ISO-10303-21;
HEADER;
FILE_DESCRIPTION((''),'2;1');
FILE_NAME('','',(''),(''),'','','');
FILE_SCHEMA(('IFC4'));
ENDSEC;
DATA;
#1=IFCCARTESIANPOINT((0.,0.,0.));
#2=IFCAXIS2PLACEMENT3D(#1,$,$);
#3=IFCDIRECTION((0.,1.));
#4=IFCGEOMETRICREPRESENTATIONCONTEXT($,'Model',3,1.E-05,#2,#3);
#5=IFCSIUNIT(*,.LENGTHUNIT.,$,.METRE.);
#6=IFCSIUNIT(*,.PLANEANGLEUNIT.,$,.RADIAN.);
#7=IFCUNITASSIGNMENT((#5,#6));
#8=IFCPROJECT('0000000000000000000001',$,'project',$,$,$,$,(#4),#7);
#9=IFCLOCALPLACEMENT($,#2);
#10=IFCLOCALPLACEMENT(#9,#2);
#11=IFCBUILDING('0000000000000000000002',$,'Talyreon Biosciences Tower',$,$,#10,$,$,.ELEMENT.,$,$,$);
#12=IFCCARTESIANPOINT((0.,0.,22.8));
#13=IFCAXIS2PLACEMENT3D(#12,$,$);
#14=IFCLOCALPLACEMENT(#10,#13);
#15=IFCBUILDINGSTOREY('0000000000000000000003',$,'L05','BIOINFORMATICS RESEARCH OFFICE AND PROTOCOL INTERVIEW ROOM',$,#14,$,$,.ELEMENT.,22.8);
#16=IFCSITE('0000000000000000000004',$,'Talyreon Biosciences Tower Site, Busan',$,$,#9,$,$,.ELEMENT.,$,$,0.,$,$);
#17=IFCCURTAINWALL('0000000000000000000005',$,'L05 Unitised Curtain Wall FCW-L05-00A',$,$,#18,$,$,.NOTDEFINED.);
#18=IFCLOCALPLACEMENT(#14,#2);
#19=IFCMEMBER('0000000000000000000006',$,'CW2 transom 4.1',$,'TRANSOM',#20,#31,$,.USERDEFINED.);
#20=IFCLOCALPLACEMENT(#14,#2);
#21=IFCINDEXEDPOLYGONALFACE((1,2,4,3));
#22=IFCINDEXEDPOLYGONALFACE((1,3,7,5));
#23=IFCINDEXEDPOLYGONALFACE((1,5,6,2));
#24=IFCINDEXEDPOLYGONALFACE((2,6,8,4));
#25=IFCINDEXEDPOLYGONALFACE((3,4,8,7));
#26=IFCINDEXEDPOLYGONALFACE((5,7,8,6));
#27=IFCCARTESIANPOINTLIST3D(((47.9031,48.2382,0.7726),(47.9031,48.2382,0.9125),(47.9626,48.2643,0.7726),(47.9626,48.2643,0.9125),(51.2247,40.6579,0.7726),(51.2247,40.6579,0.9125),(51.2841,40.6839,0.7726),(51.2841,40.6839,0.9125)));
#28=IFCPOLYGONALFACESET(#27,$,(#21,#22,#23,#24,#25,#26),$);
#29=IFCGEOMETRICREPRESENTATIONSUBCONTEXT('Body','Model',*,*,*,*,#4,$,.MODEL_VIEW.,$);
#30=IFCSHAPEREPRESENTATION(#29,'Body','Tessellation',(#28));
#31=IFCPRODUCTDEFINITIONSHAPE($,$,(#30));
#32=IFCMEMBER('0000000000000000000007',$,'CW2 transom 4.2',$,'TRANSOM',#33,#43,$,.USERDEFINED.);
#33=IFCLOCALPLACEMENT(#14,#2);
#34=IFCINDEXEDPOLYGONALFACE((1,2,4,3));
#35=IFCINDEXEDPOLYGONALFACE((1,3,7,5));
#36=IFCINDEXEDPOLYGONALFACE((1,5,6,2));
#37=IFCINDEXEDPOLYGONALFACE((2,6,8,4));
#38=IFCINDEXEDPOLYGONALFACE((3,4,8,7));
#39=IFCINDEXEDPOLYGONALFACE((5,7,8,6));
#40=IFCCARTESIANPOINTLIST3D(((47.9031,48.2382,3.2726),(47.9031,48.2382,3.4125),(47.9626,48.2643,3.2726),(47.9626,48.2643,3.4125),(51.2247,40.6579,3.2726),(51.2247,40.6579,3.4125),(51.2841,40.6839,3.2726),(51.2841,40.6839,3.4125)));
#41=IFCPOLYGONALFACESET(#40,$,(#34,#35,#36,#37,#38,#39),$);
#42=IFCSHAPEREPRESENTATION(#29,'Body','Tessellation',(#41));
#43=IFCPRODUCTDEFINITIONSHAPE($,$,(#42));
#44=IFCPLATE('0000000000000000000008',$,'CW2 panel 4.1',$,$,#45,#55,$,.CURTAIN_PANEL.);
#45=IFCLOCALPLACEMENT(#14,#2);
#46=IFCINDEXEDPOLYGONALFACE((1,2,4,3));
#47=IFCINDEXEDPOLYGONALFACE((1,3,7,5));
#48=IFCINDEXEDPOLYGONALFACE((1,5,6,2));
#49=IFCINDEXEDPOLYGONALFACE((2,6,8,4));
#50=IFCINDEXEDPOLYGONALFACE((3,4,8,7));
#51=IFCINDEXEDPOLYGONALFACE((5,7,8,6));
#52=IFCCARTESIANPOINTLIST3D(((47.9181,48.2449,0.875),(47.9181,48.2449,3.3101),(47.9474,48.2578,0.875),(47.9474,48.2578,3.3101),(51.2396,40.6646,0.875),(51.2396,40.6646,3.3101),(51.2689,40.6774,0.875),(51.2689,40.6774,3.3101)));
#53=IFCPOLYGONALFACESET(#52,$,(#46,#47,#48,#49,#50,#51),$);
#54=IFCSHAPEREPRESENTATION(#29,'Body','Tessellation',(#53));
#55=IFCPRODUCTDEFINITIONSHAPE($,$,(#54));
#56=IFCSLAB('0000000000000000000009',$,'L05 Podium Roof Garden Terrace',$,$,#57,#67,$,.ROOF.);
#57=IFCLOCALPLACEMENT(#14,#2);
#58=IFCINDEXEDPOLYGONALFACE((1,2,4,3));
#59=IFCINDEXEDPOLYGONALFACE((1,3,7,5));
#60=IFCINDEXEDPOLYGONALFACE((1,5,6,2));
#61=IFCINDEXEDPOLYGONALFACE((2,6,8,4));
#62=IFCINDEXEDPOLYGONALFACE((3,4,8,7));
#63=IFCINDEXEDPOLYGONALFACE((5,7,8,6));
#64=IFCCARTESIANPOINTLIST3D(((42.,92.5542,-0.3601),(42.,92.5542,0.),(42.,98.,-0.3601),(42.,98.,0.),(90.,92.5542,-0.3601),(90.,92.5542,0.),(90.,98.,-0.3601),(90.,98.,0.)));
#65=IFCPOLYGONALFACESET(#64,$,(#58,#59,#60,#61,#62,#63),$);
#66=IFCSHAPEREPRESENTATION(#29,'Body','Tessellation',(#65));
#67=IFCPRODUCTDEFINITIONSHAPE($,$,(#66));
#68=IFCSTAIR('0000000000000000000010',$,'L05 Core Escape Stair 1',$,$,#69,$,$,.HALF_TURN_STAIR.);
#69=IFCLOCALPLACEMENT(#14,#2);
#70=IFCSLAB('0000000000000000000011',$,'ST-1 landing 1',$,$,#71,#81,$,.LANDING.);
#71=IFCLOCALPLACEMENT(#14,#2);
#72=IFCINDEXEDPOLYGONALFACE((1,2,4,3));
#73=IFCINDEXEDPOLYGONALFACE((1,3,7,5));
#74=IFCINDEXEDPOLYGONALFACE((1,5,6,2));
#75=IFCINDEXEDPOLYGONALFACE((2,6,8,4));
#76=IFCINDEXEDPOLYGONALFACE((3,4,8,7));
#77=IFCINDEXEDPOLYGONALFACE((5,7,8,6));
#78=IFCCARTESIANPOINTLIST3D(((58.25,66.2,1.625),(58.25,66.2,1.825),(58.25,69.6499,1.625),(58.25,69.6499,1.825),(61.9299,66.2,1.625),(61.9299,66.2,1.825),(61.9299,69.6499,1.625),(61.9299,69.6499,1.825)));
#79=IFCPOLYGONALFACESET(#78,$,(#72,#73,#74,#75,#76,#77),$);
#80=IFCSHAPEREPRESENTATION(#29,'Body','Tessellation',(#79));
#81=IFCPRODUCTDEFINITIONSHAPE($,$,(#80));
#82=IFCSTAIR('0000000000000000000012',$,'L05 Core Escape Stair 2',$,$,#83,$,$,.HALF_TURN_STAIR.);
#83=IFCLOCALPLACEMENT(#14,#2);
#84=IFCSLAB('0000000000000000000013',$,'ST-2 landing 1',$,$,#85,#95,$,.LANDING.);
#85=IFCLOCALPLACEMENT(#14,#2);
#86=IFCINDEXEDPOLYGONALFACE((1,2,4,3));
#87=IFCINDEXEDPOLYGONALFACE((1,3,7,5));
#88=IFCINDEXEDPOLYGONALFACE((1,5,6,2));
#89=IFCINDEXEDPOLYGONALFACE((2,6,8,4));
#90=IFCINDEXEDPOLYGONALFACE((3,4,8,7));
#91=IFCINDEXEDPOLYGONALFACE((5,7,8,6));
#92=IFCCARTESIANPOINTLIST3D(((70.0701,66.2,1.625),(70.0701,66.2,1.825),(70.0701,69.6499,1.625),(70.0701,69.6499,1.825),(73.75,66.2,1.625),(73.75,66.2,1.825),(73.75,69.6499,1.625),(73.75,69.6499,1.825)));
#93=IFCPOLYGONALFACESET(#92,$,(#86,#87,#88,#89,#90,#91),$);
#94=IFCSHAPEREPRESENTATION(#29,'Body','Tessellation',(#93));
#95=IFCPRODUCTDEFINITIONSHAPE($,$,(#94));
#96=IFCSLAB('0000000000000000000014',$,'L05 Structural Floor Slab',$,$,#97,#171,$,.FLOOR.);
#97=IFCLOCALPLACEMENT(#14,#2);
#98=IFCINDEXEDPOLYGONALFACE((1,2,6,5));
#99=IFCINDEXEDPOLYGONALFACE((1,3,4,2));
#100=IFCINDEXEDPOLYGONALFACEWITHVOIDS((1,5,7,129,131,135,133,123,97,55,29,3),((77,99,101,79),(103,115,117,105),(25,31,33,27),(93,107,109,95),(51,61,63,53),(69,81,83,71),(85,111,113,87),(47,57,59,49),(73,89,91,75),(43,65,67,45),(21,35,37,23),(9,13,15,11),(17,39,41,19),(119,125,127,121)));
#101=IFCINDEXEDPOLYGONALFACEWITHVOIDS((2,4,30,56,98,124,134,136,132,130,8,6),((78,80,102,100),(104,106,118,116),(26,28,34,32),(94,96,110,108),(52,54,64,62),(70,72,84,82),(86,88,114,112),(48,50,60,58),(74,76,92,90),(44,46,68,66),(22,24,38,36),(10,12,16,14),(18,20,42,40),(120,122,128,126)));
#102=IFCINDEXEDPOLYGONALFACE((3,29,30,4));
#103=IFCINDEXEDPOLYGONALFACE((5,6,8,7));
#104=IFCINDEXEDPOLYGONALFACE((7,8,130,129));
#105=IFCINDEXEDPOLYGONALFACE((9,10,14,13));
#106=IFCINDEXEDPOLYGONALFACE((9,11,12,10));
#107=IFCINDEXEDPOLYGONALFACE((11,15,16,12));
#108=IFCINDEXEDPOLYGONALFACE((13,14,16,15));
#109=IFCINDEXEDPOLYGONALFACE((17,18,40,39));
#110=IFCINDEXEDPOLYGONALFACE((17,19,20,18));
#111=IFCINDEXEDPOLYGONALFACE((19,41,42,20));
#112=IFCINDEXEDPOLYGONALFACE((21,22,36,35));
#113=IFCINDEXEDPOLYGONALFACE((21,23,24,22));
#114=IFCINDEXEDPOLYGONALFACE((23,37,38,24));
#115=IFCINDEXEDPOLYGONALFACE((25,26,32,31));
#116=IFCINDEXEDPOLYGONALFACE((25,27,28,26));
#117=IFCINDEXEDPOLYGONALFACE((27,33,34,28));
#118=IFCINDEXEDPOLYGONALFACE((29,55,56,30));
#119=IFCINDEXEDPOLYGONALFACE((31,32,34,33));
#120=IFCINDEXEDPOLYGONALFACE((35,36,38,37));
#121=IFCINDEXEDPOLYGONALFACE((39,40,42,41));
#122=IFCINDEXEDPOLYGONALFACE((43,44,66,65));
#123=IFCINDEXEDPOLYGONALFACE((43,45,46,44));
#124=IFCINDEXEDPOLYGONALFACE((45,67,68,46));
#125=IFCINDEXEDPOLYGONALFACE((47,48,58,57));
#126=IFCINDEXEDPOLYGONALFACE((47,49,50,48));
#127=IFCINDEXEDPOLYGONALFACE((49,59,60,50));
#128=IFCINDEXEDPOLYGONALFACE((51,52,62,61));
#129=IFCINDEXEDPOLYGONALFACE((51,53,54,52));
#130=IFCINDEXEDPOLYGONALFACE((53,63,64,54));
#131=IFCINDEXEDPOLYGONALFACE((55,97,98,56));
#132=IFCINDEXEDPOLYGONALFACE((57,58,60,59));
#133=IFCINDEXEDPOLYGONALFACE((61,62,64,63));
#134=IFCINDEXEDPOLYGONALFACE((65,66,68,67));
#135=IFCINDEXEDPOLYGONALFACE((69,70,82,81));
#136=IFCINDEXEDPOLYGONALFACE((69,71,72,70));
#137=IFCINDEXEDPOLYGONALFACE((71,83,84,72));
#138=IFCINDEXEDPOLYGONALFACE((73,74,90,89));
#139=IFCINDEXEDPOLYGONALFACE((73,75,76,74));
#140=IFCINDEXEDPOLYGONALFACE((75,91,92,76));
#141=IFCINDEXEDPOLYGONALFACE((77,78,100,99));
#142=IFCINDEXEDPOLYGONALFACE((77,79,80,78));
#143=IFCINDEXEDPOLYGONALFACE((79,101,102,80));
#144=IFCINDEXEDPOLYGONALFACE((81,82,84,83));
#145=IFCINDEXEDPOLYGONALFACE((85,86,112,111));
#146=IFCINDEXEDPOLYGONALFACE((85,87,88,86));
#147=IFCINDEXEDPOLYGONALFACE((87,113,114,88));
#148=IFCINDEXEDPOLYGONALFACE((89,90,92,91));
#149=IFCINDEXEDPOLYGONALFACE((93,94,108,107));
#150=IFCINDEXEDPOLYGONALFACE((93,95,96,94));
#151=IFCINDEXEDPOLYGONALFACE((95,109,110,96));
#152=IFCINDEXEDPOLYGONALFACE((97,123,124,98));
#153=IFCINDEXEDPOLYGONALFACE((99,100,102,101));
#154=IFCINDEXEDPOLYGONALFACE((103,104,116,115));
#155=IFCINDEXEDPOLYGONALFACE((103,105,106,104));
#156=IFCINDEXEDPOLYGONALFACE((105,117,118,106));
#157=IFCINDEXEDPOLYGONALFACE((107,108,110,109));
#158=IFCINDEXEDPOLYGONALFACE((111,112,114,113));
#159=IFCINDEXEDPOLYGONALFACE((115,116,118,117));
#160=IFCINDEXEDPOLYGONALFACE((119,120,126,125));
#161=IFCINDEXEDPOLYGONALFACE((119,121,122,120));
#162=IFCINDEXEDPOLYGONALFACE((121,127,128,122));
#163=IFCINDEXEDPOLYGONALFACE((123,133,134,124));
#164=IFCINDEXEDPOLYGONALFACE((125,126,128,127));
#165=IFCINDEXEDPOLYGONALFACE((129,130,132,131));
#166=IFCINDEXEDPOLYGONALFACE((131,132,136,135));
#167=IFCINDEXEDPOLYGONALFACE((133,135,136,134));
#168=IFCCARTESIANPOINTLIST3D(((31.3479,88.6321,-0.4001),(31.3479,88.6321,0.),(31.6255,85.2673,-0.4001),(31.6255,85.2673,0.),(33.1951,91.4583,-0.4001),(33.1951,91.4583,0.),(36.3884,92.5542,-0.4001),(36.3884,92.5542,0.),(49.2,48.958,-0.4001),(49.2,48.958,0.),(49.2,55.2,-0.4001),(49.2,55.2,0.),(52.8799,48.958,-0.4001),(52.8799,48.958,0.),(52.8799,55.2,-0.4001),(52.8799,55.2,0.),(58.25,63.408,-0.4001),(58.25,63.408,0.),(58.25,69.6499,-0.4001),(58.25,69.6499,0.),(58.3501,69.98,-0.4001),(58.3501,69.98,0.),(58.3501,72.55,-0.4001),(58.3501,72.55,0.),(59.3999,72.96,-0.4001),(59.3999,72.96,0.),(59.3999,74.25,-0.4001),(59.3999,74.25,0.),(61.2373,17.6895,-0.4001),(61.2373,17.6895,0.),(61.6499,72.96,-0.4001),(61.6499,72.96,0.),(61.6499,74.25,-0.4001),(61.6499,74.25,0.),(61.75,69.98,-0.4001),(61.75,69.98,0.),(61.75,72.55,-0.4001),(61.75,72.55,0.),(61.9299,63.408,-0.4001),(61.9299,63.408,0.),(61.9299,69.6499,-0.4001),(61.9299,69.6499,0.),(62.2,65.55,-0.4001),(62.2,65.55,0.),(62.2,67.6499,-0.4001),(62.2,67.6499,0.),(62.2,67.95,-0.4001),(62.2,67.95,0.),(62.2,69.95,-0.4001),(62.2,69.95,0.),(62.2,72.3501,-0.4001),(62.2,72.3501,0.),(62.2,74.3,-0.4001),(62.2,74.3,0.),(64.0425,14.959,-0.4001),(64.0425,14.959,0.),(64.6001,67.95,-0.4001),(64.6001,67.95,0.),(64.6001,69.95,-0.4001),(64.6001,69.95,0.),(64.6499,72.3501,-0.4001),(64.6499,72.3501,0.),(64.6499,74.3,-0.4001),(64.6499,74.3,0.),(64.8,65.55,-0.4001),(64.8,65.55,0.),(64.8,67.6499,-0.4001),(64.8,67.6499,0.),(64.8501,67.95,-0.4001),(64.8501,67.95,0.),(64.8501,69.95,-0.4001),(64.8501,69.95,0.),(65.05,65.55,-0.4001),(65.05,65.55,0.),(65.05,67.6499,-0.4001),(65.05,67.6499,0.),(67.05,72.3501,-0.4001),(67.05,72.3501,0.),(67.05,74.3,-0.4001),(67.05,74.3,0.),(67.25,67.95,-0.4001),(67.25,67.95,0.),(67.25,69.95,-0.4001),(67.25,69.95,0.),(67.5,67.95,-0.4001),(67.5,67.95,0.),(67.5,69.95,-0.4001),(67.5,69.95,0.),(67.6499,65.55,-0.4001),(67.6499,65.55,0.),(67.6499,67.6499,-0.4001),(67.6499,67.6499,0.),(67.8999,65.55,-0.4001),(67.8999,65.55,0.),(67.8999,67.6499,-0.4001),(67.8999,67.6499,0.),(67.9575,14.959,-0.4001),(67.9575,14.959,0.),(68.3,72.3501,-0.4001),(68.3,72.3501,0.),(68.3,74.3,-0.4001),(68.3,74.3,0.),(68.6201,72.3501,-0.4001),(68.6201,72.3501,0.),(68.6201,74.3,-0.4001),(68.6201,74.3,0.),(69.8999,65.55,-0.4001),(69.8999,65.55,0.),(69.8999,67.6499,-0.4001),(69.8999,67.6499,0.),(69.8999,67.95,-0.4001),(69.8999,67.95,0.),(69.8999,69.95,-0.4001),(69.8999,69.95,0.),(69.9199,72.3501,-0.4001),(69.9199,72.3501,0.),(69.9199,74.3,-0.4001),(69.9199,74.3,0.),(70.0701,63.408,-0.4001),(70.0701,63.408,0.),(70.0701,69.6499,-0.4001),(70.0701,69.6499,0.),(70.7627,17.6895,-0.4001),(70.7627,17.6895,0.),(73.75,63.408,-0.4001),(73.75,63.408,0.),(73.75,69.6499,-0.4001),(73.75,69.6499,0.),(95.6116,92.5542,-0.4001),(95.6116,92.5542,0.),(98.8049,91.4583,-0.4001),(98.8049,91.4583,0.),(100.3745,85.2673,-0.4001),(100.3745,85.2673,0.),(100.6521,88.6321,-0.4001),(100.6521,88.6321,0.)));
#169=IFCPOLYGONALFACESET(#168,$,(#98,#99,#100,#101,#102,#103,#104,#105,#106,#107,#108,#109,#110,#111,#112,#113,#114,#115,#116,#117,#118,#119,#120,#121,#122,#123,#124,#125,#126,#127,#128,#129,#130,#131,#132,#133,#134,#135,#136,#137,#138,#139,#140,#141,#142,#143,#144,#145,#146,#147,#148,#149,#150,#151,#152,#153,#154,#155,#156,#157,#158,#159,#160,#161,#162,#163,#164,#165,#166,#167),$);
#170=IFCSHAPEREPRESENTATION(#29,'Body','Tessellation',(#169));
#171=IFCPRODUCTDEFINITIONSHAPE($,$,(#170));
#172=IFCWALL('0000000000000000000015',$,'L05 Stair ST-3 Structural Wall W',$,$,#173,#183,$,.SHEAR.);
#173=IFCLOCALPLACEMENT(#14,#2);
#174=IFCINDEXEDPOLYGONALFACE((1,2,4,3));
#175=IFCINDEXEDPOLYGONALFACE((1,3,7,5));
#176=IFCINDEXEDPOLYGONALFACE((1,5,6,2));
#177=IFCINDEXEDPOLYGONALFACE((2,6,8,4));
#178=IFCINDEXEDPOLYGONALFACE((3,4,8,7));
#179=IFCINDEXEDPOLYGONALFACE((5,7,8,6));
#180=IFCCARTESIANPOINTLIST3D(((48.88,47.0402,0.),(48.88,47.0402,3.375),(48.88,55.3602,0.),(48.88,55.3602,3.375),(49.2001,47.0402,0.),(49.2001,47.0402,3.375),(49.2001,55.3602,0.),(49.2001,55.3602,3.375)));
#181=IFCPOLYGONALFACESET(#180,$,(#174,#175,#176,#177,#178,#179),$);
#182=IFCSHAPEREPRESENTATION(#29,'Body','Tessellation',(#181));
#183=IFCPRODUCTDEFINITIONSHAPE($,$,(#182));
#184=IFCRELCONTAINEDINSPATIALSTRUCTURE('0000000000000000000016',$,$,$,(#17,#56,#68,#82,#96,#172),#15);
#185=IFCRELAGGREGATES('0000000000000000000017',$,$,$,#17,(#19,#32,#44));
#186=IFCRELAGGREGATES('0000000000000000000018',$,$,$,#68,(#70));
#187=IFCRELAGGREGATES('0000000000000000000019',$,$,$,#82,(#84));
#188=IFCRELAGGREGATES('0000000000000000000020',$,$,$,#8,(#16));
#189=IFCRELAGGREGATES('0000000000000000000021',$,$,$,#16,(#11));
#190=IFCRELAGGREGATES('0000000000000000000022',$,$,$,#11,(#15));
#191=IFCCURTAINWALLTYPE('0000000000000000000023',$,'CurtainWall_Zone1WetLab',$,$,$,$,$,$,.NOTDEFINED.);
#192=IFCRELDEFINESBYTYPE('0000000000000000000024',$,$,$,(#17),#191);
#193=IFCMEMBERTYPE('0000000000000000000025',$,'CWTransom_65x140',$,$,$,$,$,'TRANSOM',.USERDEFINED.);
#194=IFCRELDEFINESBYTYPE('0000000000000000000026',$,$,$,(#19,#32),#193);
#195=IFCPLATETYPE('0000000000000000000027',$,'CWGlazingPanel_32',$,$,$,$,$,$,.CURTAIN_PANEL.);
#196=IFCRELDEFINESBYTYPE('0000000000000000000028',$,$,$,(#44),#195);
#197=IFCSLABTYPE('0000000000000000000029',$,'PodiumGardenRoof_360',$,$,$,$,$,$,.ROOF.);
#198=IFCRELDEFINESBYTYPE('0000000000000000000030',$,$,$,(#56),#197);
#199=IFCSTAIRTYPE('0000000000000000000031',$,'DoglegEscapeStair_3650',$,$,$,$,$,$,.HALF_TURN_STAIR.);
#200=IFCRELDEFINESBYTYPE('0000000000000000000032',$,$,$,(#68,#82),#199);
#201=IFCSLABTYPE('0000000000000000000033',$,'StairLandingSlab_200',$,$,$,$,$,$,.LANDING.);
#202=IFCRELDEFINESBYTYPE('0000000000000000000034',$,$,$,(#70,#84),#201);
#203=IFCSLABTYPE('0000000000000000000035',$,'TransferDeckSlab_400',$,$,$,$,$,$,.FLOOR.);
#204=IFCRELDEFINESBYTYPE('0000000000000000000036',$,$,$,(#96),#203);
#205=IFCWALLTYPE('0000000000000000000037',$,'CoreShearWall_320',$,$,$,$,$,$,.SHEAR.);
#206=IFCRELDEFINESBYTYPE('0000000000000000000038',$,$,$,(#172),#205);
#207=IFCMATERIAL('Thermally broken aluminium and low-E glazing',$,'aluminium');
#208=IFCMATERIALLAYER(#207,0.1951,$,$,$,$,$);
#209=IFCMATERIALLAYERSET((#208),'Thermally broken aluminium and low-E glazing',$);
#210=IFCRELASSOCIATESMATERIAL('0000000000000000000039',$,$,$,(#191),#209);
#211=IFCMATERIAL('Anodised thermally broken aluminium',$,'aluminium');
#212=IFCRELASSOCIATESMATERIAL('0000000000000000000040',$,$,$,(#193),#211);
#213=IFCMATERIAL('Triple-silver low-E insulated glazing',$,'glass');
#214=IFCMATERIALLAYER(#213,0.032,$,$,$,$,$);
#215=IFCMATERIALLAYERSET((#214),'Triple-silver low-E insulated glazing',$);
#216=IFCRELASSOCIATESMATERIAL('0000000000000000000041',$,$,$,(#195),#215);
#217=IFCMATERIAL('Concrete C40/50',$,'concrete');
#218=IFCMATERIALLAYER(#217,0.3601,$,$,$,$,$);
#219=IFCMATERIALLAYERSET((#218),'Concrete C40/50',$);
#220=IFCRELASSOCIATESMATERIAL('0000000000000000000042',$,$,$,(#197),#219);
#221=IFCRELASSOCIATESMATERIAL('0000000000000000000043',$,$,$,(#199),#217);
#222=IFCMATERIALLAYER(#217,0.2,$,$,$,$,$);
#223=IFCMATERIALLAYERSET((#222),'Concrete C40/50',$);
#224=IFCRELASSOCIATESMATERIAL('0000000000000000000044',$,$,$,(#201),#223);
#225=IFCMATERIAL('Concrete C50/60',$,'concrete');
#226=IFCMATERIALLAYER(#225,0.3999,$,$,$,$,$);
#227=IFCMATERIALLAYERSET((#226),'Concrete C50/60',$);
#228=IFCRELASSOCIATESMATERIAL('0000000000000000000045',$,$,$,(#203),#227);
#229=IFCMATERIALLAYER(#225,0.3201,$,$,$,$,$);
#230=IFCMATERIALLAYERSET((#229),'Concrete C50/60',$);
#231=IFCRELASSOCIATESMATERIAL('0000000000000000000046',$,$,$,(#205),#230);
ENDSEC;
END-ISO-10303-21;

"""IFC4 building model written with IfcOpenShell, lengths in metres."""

from ifc_helpers import new_model, si_unit, direction, frame, frame_2d, origin, origin_2d, place, context, subcontext, project, spatial, polyline, rectangle, outline, extrude, material, layer, layer_set, material_profile, profile_set, type_object, element, aggregate, save


model = new_model("IFC4")

# Units and contexts
model_context = context("Model", 3, precision=1e-05, world=origin(), true_north=direction((0.0, 1.0)))
body_context = subcontext(model_context, "Body", "Model", "MODEL_VIEW")
ifc_project = project(units=[si_unit("LENGTHUNIT", "METRE"), si_unit("PLANEANGLEUNIT", "RADIAN")], contexts=[model_context])

# Site, building, storey
site_placement = place(None, origin())
site = spatial("IfcSite", under=ifc_project, at=site_placement, Name="Talyreon Biosciences Tower Site, Busan", CompositionType="ELEMENT", RefElevation=0.0)
building_placement = place(site_placement, origin())
building = spatial("IfcBuilding", under=site, at=building_placement, Name="Talyreon Biosciences Tower", CompositionType="ELEMENT")
storey_placement = place(building_placement, frame((0.0, 0.0, 22.8)))
storey = spatial("IfcBuildingStorey", under=building, at=storey_placement, Name="L05", Description="BIOINFORMATICS RESEARCH OFFICE AND PROTOCOL INTERVIEW ROOM", CompositionType="ELEMENT", Elevation=22.8)

# Curtain wall, members, plate
ifc_material_1 = material(Name="Thermally broken aluminium and low-E glazing", Category="aluminium")
ifc_layer_1 = layer(ifc_material_1, 0.1951)
ifc_layer_set_1 = layer_set([ifc_layer_1], Name="Thermally broken aluminium and low-E glazing")
curtain_wall_type = type_object("IfcCurtainWallType", Name="CurtainWall_Zone1WetLab", PredefinedType="NOTDEFINED", material=ifc_layer_set_1)
curtain_wall_placement = place(storey_placement, origin())
curtain_wall = element("IfcCurtainWall", 1, at=curtain_wall_placement, inside=storey, type_object=curtain_wall_type, Name="L05 Unitised Curtain Wall FCW-L05-00A", PredefinedType="NOTDEFINED")
ifc_material_2 = material(Name="Anodised thermally broken aluminium", Category="aluminium")
ifc_material_profile = material_profile(ifc_material_2, rectangle(XDim=0.0649, YDim=0.1399, at=origin_2d()), Name="ALUM TRANSOM 65x140")
ifc_profile_set = profile_set([ifc_material_profile], Name="Anodised thermally broken aluminium")
member_type = type_object("IfcMemberType", Name="CWTransom_65x140", ElementType="TRANSOM", PredefinedType="USERDEFINED", material=ifc_profile_set)
member_1_placement = place(storey_placement, frame((51.2544, 40.6709, 0.8425), z_axis=(-0.40134, 0.915929, 0.0), x_axis=(-0.915929, -0.40134, 0.0)))
member_1 = element("IfcMember", 2, at=member_1_placement, type_object=member_type, Name="CW2 transom 4.1", ObjectType="TRANSOM", PredefinedType="USERDEFINED", context=body_context, shape_type="SweptSolid", body=[
    extrude(rectangle(XDim=0.0649, YDim=0.1399, at=origin_2d()), origin(), (0.0, 0.0, 1.0), 8.2761),
])
member_2_placement = place(storey_placement, frame((51.2544, 40.6709, 3.3425), z_axis=(-0.40134, 0.915929, 0.0), x_axis=(-0.915929, -0.40134, 0.0)))
member_2 = element("IfcMember", 3, at=member_2_placement, type_object=member_type, Name="CW2 transom 4.2", ObjectType="TRANSOM", PredefinedType="USERDEFINED", context=body_context, shape_type="SweptSolid", body=[
    extrude(rectangle(XDim=0.0649, YDim=0.1399, at=origin_2d()), origin(), (0.0, 0.0, 1.0), 8.2761),
])
ifc_material_3 = material(Name="Triple-silver low-E insulated glazing", Category="glass")
ifc_layer_2 = layer(ifc_material_3, 0.032)
ifc_layer_set_2 = layer_set([ifc_layer_2], Name="Triple-silver low-E insulated glazing")
plate_type = type_object("IfcPlateType", Name="CWGlazingPanel_32", PredefinedType="CURTAIN_PANEL", material=ifc_layer_set_2)
plate_placement = place(storey_placement, frame((49.5935, 44.4612, 0.875), z_axis=(0.0, 0.0, 1.0), x_axis=(-0.401345, 0.915927, 0.0)))
plate = element("IfcPlate", 4, at=plate_placement, type_object=plate_type, Name="CW2 panel 4.1", PredefinedType="CURTAIN_PANEL", context=body_context, shape_type="SweptSolid", body=[
    extrude(rectangle(XDim=8.2761, YDim=0.032, at=origin_2d()), origin(), (0.0, 0.0, 1.0), 2.4351),
])
aggregate(curtain_wall, [member_1, member_2, plate])

# Slab
ifc_material_4 = material(Name="Concrete C40/50", Category="concrete")
ifc_layer_3 = layer(ifc_material_4, 0.3601)
ifc_layer_set_3 = layer_set([ifc_layer_3], Name="Concrete C40/50")
slab_type_1 = type_object("IfcSlabType", Name="PodiumGardenRoof_360", PredefinedType="ROOF", material=ifc_layer_set_3)
slab_1_placement = place(storey_placement, frame((0.0, 0.0, -0.3601)))
element("IfcSlab", 5, at=slab_1_placement, inside=storey, type_object=slab_type_1, Name="L05 Podium Roof Garden Terrace", PredefinedType="ROOF", context=body_context, shape_type="SweptSolid", body=[
    extrude(outline(polyline([(42.0, 98.0), (90.0, 98.0), (90.0, 92.5542), (42.0, 92.5542), (42.0, 98.0)])), origin(), (0.0, 0.0, 1.0), 0.3601),
])

# Stairs, slabs
stair_type = type_object("IfcStairType", Name="DoglegEscapeStair_3650", PredefinedType="HALF_TURN_STAIR", material=ifc_material_4)
stair_1_placement = place(storey_placement, origin())
stair_1 = element("IfcStair", 6, at=stair_1_placement, inside=storey, type_object=stair_type, Name="L05 Core Escape Stair 1", PredefinedType="HALF_TURN_STAIR")
ifc_layer_4 = layer(ifc_material_4, 0.2)
ifc_layer_set_4 = layer_set([ifc_layer_4], Name="Concrete C40/50")
slab_type_2 = type_object("IfcSlabType", Name="StairLandingSlab_200", PredefinedType="LANDING", material=ifc_layer_set_4)
slab_2_placement = place(storey_placement, frame((0.0, 0.0, 1.625)))
slab_2 = element("IfcSlab", 7, at=slab_2_placement, type_object=slab_type_2, Name="ST-1 landing 1", PredefinedType="LANDING", context=body_context, shape_type="SweptSolid", body=[
    extrude(outline(polyline([(61.9299, 66.2), (61.9299, 69.6499), (58.25, 69.6499), (58.25, 66.2), (61.9299, 66.2)])), origin(), (0.0, 0.0, 1.0), 0.2),
])
aggregate(stair_1, [slab_2])
stair_2_placement = place(storey_placement, origin())
stair_2 = element("IfcStair", 8, at=stair_2_placement, inside=storey, type_object=stair_type, Name="L05 Core Escape Stair 2", PredefinedType="HALF_TURN_STAIR")
slab_3_placement = place(storey_placement, frame((0.0, 0.0, 1.625)))
slab_3 = element("IfcSlab", 9, at=slab_3_placement, type_object=slab_type_2, Name="ST-2 landing 1", PredefinedType="LANDING", context=body_context, shape_type="SweptSolid", body=[
    extrude(outline(polyline([(73.75, 66.2), (73.75, 69.6499), (70.0701, 69.6499), (70.0701, 66.2), (73.75, 66.2)])), origin(), (0.0, 0.0, 1.0), 0.2),
])
aggregate(stair_2, [slab_3])

# Slab
ifc_material_5 = material(Name="Concrete C50/60", Category="concrete")
ifc_layer_5 = layer(ifc_material_5, 0.3999)
ifc_layer_set_5 = layer_set([ifc_layer_5], Name="Concrete C50/60")
slab_type_3 = type_object("IfcSlabType", Name="TransferDeckSlab_400", PredefinedType="FLOOR", material=ifc_layer_set_5)
slab_4_placement = place(storey_placement, frame((0.0, 0.0, -0.4001)))
element("IfcSlab", 10, at=slab_4_placement, inside=storey, type_object=slab_type_3, Name="L05 Structural Floor Slab", PredefinedType="FLOOR", context=body_context, shape_type="SweptSolid", body=[
    extrude(outline(polyline([(61.2373, 17.6895), (31.6255, 85.2673), (31.3479, 88.6321), (33.1951, 91.4583), (36.3884, 92.5542), (95.6116, 92.5542), (98.8049, 91.4583), (100.6521, 88.6321), (100.3745, 85.2673), (70.7627, 17.6895), (67.9575, 14.959), (64.0425, 14.959), (61.2373, 17.6895)]), holes=[polyline([(52.8799, 55.2), (52.8799, 48.958), (49.2, 48.958), (49.2, 55.2), (52.8799, 55.2)]), polyline([(61.9299, 63.408), (58.25, 63.408), (58.25, 69.6499), (61.9299, 69.6499), (61.9299, 63.408)]), polyline([(64.8, 65.55), (62.2, 65.55), (62.2, 67.6499), (64.8, 67.6499), (64.8, 65.55)]), polyline([(64.6001, 67.95), (62.2, 67.95), (62.2, 69.95), (64.6001, 69.95), (64.6001, 67.95)]), polyline([(61.75, 69.98), (58.3501, 69.98), (58.3501, 72.55), (61.75, 72.55), (61.75, 69.98)]), polyline([(64.6499, 72.3501), (62.2, 72.3501), (62.2, 74.3), (64.6499, 74.3), (64.6499, 72.3501)]), polyline([(61.6499, 72.96), (59.3999, 72.96), (59.3999, 74.25), (61.6499, 74.25), (61.6499, 72.96)]), polyline([(73.75, 69.6499), (73.75, 63.408), (70.0701, 63.408), (70.0701, 69.6499), (73.75, 69.6499)]), polyline([(67.6499, 65.55), (65.05, 65.55), (65.05, 67.6499), (67.6499, 67.6499), (67.6499, 65.55)]), polyline([(69.8999, 65.55), (67.8999, 65.55), (67.8999, 67.6499), (69.8999, 67.6499), (69.8999, 65.55)]), polyline([(67.25, 67.95), (64.8501, 67.95), (64.8501, 69.95), (67.25, 69.95), (67.25, 67.95)]), polyline([(69.8999, 67.95), (67.5, 67.95), (67.5, 69.95), (69.8999, 69.95), (69.8999, 67.95)]), polyline([(68.3, 72.3501), (67.05, 72.3501), (67.05, 74.3), (68.3, 74.3), (68.3, 72.3501)]), polyline([(69.9199, 72.3501), (68.6201, 72.3501), (68.6201, 74.3), (69.9199, 74.3), (69.9199, 72.3501)])]), origin(), (0.0, 0.0, 1.0), 0.4001),
])

# Wall
ifc_layer_6 = layer(ifc_material_5, 0.3201)
ifc_layer_set_6 = layer_set([ifc_layer_6], Name="Concrete C50/60")
wall_type_1 = type_object("IfcWallType", Name="CoreShearWall_320", PredefinedType="SHEAR", material=ifc_layer_set_6)
wall_1_placement = place(storey_placement, frame((49.04, 47.04, 0.0), z_axis=(0.0, 0.0, 1.0), x_axis=(0.0, 1.0, 0.0)))
element("IfcWall", 11, at=wall_1_placement, inside=storey, type_object=wall_type_1, Name="L05 Stair ST-3 Structural Wall W", PredefinedType="SHEAR", context=body_context, shape_type="SweptSolid", body=[
    extrude(rectangle(XDim=8.3201, YDim=0.3201, at=frame_2d((4.1602, 0.0))), origin(), (0.0, 0.0, 1.0), 3.375),
])

save(model, "model.ifc")
